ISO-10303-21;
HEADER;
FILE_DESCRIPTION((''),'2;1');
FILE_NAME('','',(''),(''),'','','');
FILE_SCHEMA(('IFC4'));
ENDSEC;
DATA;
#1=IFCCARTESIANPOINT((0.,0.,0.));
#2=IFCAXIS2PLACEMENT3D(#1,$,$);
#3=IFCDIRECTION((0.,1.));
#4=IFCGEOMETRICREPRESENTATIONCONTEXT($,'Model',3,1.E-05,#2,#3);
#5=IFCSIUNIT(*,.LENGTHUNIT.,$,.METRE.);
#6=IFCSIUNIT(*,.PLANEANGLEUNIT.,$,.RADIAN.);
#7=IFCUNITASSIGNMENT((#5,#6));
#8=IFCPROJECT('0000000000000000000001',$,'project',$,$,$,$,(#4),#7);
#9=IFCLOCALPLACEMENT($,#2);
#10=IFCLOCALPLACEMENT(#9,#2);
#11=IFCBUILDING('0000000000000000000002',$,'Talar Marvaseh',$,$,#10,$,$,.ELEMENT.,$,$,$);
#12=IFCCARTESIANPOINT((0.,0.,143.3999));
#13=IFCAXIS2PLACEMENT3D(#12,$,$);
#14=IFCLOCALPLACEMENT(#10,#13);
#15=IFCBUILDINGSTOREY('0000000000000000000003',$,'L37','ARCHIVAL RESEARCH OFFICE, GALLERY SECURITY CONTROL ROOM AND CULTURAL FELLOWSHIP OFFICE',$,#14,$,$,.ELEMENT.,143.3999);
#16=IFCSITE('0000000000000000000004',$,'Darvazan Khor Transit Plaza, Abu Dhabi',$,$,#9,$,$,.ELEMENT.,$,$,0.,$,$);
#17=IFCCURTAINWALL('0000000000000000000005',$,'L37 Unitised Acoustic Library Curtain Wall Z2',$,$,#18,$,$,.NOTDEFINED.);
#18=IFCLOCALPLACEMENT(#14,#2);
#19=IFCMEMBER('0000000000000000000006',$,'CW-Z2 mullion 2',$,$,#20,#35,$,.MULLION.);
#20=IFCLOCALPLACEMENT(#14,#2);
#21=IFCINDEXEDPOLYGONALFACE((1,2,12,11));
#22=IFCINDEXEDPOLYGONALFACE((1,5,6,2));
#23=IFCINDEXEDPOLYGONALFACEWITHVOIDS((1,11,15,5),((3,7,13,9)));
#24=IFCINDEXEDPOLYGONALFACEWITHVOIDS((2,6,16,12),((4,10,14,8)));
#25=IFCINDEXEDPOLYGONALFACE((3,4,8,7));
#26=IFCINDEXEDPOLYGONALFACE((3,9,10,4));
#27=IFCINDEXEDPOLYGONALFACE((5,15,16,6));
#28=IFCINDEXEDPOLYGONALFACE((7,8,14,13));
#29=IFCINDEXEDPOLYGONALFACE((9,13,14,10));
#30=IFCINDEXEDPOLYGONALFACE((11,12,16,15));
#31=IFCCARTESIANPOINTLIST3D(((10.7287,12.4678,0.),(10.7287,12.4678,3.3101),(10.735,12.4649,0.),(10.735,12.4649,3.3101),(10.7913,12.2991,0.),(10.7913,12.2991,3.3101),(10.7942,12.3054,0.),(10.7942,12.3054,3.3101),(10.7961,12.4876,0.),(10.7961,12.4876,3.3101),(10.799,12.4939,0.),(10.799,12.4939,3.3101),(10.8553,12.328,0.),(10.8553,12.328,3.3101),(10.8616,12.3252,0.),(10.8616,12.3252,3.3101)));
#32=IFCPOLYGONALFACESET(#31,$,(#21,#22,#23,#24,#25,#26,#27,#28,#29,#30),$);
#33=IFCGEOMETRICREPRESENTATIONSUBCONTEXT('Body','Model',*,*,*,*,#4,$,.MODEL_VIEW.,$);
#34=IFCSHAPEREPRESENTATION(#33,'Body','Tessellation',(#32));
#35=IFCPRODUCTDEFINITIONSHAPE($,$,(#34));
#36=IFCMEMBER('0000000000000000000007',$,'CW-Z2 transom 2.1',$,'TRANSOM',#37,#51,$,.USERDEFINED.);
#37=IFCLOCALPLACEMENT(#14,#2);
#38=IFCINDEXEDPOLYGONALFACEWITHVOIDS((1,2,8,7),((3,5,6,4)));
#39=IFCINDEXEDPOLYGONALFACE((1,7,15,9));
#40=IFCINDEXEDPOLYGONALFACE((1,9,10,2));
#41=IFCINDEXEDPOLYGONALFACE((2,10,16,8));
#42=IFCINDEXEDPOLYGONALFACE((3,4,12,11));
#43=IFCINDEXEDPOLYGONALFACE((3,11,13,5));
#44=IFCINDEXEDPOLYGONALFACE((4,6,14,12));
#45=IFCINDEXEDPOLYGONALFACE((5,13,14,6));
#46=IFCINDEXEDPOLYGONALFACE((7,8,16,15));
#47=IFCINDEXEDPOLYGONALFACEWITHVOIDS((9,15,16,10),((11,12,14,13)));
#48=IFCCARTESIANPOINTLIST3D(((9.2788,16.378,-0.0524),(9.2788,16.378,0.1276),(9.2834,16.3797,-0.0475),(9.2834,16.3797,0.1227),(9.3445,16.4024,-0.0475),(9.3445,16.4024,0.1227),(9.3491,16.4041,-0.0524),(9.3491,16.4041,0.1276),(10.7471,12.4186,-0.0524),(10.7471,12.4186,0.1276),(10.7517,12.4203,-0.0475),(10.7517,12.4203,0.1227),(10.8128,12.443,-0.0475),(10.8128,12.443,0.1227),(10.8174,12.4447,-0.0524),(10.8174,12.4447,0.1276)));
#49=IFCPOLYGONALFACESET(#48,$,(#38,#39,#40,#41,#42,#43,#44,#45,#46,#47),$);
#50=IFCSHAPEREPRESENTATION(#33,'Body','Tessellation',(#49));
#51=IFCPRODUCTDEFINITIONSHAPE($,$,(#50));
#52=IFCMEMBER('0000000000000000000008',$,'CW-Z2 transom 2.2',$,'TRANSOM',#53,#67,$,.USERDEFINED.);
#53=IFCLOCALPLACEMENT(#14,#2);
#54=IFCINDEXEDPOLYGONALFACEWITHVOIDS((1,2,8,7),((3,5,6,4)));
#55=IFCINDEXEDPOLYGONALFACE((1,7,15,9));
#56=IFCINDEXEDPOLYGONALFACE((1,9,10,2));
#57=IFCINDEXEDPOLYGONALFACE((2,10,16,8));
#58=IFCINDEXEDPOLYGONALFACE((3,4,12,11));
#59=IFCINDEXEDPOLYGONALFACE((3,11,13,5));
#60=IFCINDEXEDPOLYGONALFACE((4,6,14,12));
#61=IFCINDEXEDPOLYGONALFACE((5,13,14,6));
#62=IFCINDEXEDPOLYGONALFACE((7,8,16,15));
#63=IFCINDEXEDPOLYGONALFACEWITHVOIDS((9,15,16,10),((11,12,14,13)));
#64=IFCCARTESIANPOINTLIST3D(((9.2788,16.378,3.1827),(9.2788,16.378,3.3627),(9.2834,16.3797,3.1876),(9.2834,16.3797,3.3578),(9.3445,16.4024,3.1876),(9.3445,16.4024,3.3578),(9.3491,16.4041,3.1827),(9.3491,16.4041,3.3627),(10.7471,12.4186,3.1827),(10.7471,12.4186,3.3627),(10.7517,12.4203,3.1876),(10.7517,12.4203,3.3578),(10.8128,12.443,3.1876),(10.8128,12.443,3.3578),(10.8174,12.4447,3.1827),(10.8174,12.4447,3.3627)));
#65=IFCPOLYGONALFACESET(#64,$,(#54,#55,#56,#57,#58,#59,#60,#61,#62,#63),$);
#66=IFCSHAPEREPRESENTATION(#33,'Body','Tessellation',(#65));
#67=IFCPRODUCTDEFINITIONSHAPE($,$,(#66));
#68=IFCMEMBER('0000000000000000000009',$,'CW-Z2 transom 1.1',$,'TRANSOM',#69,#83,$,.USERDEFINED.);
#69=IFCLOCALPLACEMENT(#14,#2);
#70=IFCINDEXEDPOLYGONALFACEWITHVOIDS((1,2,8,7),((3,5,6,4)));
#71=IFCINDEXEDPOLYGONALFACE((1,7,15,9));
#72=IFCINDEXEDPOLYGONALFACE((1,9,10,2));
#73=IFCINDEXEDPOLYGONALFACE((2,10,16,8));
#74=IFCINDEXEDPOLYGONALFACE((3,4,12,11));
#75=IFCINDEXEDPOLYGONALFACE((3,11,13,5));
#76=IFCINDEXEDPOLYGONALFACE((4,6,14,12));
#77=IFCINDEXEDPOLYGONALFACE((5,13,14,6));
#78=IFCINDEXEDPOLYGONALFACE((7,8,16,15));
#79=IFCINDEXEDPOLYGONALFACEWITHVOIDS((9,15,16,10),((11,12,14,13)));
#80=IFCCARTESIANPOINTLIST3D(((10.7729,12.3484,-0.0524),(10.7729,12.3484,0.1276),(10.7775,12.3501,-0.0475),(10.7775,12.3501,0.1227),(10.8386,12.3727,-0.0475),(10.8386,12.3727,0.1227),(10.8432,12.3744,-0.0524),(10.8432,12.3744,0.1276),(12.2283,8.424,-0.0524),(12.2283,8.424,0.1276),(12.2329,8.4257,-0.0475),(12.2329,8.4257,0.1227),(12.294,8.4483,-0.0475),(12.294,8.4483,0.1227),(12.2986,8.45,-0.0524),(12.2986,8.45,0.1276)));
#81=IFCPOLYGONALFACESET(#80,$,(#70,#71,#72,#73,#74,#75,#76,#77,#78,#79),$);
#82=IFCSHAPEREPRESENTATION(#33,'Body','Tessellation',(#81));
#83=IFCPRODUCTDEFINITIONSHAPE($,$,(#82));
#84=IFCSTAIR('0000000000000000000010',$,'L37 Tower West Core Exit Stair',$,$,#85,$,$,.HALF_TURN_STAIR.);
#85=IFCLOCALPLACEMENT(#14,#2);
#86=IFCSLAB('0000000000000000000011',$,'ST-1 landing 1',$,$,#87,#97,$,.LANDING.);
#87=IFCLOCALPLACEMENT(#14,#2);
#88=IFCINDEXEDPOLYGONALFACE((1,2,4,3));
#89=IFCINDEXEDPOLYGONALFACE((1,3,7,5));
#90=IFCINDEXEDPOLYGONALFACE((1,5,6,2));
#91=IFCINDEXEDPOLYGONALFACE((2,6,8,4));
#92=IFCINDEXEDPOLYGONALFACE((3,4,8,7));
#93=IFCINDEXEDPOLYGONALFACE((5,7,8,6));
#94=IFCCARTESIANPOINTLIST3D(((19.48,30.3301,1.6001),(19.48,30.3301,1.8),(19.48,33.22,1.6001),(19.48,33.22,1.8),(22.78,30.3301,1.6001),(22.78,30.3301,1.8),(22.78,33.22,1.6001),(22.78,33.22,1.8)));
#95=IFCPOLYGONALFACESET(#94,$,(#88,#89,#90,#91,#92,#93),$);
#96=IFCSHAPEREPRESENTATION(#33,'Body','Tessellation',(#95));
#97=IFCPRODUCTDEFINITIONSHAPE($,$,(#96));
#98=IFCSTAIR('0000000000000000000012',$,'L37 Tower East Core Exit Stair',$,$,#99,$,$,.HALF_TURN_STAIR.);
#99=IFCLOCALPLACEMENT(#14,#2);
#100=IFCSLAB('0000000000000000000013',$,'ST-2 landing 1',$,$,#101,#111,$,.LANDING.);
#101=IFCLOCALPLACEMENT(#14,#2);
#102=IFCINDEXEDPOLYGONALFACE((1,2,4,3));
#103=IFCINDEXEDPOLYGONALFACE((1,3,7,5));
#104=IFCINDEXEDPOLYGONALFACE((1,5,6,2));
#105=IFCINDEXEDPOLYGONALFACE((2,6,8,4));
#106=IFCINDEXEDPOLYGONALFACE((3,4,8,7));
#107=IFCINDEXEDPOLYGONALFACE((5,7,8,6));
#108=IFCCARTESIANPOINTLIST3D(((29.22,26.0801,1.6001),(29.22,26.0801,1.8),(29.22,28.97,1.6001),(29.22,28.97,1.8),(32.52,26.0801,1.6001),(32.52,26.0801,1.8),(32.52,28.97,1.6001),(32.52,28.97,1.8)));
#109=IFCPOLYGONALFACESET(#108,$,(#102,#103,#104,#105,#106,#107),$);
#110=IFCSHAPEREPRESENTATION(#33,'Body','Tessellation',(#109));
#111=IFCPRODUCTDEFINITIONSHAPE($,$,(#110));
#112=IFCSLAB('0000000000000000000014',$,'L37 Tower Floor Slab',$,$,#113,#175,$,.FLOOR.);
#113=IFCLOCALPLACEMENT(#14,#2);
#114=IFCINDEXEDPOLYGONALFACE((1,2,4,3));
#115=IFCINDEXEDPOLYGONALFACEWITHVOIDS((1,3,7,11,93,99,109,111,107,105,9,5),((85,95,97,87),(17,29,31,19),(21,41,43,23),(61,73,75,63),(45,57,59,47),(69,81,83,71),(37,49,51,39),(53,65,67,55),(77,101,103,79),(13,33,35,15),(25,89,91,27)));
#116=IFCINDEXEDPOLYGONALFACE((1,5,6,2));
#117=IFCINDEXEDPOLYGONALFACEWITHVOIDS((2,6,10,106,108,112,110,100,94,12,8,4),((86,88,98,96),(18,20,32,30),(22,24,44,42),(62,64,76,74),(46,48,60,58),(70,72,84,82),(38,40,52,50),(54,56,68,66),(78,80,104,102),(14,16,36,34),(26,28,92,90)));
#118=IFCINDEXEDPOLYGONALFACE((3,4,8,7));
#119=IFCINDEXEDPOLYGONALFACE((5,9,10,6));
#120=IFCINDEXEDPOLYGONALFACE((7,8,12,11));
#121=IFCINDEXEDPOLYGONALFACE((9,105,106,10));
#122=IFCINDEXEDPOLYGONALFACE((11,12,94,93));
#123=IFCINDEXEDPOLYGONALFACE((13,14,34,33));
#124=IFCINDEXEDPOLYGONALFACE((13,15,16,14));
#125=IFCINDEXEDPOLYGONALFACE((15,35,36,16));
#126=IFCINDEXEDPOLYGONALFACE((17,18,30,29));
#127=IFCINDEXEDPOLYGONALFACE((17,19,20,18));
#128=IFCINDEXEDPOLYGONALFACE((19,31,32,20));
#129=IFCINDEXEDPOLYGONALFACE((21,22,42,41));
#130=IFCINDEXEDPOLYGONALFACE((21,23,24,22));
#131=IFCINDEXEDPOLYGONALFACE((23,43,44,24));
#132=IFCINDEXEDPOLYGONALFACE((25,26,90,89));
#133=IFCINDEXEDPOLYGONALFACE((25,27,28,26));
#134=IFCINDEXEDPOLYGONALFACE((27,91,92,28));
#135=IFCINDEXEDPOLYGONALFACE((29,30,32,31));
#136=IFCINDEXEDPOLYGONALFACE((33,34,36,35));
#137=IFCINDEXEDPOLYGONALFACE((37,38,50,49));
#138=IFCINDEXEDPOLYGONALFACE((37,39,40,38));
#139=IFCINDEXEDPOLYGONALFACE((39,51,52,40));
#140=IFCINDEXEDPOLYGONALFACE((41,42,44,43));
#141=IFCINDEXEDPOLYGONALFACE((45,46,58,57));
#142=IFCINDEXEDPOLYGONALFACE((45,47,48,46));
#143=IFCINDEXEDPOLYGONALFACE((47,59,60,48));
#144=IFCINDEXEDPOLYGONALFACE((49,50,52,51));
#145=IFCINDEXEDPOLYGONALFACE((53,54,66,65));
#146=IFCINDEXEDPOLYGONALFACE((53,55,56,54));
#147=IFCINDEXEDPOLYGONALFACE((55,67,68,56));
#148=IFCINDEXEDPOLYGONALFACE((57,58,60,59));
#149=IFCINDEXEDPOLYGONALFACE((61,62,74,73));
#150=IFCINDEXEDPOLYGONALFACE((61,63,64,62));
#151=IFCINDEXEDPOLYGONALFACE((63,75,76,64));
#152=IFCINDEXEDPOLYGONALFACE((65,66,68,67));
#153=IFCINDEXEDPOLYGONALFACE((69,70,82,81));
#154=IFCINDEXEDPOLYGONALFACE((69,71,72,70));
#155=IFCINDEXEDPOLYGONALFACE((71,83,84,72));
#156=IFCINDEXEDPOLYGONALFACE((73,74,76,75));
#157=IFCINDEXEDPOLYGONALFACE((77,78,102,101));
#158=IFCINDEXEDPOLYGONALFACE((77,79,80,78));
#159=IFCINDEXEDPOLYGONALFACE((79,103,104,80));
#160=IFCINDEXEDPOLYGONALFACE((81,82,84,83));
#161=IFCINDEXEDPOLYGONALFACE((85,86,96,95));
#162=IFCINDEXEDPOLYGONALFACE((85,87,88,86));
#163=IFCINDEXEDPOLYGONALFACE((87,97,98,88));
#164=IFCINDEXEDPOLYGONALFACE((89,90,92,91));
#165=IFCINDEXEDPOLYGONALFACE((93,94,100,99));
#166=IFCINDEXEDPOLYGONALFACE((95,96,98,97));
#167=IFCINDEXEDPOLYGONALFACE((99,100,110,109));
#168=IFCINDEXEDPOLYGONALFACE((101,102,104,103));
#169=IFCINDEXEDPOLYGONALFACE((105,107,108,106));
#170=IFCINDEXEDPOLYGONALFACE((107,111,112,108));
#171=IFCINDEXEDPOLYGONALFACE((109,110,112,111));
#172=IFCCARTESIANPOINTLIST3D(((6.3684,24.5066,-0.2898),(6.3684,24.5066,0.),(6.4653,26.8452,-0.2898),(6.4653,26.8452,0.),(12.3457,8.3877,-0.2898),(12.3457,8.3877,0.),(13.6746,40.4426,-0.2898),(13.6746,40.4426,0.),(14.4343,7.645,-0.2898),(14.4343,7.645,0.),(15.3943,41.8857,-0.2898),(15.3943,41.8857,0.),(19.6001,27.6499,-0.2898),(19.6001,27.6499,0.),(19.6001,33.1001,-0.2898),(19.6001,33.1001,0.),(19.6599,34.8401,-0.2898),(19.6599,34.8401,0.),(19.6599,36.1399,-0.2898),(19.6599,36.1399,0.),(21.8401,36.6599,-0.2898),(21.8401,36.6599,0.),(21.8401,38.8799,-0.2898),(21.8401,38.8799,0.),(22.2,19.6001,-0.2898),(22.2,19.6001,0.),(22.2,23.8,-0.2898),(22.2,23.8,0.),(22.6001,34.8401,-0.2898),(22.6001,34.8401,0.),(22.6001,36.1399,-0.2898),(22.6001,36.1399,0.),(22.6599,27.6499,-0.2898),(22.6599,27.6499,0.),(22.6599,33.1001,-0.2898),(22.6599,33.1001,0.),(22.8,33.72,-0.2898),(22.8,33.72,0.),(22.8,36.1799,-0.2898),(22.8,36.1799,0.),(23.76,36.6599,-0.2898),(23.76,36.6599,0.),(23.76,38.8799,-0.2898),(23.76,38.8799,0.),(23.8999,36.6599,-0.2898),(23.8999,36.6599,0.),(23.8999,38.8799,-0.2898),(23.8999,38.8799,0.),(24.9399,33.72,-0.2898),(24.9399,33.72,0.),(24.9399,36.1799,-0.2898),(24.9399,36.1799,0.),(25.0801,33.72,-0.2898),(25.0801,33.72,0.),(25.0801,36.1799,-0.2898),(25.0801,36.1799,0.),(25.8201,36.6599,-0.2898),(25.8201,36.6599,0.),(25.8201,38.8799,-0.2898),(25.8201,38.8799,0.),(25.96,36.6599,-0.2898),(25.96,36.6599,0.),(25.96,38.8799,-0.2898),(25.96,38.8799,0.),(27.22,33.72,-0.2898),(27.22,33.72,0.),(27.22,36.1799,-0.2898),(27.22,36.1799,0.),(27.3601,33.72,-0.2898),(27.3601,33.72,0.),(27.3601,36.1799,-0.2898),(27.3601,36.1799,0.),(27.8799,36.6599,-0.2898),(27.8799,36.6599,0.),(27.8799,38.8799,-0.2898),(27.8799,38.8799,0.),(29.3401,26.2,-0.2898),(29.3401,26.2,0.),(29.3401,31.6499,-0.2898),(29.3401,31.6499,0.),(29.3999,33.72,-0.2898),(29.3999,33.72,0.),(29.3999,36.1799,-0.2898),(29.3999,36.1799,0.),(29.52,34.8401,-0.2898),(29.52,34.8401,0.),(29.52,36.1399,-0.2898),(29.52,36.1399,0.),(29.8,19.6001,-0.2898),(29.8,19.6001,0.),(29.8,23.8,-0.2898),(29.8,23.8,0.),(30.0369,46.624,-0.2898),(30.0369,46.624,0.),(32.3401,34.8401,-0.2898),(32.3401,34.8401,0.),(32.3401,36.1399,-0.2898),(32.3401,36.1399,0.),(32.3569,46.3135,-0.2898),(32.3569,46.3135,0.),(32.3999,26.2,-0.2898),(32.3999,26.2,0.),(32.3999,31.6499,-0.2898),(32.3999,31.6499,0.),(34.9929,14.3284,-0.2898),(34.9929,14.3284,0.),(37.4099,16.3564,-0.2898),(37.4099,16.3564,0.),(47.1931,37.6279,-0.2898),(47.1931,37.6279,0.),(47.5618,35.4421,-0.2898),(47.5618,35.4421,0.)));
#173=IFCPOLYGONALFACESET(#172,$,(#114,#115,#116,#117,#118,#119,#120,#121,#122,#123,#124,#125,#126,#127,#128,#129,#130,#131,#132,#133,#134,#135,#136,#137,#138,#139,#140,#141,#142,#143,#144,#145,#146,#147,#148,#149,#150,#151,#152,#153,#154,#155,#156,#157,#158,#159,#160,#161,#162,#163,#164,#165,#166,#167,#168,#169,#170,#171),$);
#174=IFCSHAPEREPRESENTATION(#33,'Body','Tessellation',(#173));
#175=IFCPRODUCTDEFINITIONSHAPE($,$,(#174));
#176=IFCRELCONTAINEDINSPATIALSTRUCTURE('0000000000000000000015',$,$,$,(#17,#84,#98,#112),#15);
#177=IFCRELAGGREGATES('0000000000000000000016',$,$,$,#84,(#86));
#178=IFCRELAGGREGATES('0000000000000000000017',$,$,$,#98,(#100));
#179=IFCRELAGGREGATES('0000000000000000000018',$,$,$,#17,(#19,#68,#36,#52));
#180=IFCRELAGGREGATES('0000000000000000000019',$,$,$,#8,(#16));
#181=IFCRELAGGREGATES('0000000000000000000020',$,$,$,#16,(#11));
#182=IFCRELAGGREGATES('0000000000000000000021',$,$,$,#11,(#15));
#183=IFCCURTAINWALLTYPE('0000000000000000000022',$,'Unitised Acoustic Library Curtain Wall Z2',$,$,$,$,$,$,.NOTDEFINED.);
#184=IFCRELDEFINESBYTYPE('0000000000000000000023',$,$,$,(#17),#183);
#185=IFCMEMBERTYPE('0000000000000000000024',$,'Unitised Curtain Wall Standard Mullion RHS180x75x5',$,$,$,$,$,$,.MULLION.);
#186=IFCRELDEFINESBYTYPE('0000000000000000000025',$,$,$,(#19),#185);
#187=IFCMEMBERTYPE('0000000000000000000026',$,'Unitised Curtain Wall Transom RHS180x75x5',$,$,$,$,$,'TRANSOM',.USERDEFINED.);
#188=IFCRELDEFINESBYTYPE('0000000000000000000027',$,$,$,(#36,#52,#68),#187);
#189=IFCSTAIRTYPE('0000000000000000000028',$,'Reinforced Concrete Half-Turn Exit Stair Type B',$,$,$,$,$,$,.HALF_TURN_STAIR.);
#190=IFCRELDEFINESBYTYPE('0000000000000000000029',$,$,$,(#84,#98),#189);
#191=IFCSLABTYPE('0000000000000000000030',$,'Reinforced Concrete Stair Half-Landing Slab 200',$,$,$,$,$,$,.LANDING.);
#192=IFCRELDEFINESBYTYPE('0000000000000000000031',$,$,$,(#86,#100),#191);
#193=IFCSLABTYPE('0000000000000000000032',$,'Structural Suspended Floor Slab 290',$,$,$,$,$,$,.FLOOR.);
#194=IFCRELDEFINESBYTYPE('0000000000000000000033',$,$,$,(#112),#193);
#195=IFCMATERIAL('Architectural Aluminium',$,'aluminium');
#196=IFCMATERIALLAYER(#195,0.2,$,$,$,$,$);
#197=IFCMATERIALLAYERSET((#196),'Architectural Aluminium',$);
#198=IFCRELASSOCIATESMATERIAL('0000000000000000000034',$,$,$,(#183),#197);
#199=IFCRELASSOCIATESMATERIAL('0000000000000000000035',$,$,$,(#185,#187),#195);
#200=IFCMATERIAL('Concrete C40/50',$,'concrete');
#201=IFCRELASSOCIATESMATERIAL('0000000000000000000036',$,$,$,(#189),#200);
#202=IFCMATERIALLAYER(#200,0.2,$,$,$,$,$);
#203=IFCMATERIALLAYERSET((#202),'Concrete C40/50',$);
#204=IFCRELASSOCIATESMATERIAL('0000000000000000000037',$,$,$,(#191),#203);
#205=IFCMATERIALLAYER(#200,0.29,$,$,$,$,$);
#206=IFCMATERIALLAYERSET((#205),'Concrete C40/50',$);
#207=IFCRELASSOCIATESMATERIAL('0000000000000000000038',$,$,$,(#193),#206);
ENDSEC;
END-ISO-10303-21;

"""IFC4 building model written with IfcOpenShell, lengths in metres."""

from ifc_helpers import new_model, si_unit, direction, frame, origin, origin_2d, place, context, subcontext, project, spatial, polyline, hollow_rectangle, outline, extrude, source, transform, mapped, material, layer, layer_set, material_profile, profile_set, type_object, type_shapes, element, aggregate, save


model = new_model("IFC4")

# Units and contexts
model_context = context("Model", 3, precision=1e-05, world=origin(), true_north=direction((0.0, 1.0)))
body_context = subcontext(model_context, "Body", "Model", "MODEL_VIEW")
ifc_project = project(units=[si_unit("LENGTHUNIT", "METRE"), si_unit("PLANEANGLEUNIT", "RADIAN")], contexts=[model_context])

# Site, building, storey
site_placement = place(None, origin())
site = spatial("IfcSite", under=ifc_project, at=site_placement, Name="Darvazan Khor Transit Plaza, Abu Dhabi", CompositionType="ELEMENT", RefElevation=0.0)
building_placement = place(site_placement, origin())
building = spatial("IfcBuilding", under=site, at=building_placement, Name="Talar Marvaseh", CompositionType="ELEMENT")
storey_placement = place(building_placement, frame((0.0, 0.0, 143.3999)))
storey = spatial("IfcBuildingStorey", under=building, at=storey_placement, Name="L37", Description="ARCHIVAL RESEARCH OFFICE, GALLERY SECURITY CONTROL ROOM AND CULTURAL FELLOWSHIP OFFICE", CompositionType="ELEMENT", Elevation=143.3999)

# Curtain wall, members
ifc_material_1 = material(Name="Architectural Aluminium", Category="aluminium")
ifc_layer_1 = layer(ifc_material_1, 0.2)
ifc_layer_set_1 = layer_set([ifc_layer_1], Name="Architectural Aluminium")
curtain_wall_type = type_object("IfcCurtainWallType", Name="Unitised Acoustic Library Curtain Wall Z2", PredefinedType="NOTDEFINED", material=ifc_layer_set_1)
curtain_wall_placement = place(storey_placement, origin())
curtain_wall = element("IfcCurtainWall", 1, at=curtain_wall_placement, inside=storey, type_object=curtain_wall_type, Name="L37 Unitised Acoustic Library Curtain Wall Z2", PredefinedType="NOTDEFINED")
ifc_material_profile_1 = material_profile(ifc_material_1, hollow_rectangle(XDim=0.075, YDim=0.1799, WallThickness=0.0049, at=origin_2d()), Name="RHS180x75x5")
ifc_profile_set_1 = profile_set([ifc_material_profile_1], Name="Architectural Aluminium")
member_type_1 = type_object("IfcMemberType", Name="Unitised Curtain Wall Standard Mullion RHS180x75x5", PredefinedType="MULLION", material=ifc_profile_set_1)
shared_shape_1 = source(origin(), body_context, "Body", "SweptSolid", [
    extrude(hollow_rectangle(XDim=0.075, YDim=0.1799, WallThickness=0.0049, at=origin_2d()), origin(), (0.0, 0.0, 1.0), 3.3101),
])
type_shapes(member_type_1, [shared_shape_1])
member_1_placement = place(storey_placement, frame((10.7952, 12.3965, 0.0), z_axis=(0.0, 0.0, 1.0), x_axis=(-0.93761, -0.347688, 0.0)))
member_1 = element("IfcMember", 2, at=member_1_placement, type_object=member_type_1, Name="CW-Z2 mullion 2", PredefinedType="MULLION", context=body_context, shape_type="MappedRepresentation", body=[
    mapped(shared_shape_1, transform((0.0, 0.0, 0.0), x_axis=(1.0, 0.0, 0.0), y_axis=(0.0, 1.0, 0.0), z_axis=(0.0, 0.0, 1.0), scale=1.0)),
])
ifc_material_profile_2 = material_profile(ifc_material_1, hollow_rectangle(XDim=0.075, YDim=0.1799, WallThickness=0.0049, at=origin_2d()), Name="RHS180x75x5")
ifc_profile_set_2 = profile_set([ifc_material_profile_2], Name="Architectural Aluminium")
member_type_2 = type_object("IfcMemberType", Name="Unitised Curtain Wall Transom RHS180x75x5", ElementType="TRANSOM", PredefinedType="USERDEFINED", material=ifc_profile_set_2)
shared_shape_2 = source(origin(), body_context, "Body", "SweptSolid", [
    extrude(hollow_rectangle(XDim=0.075, YDim=0.1799, WallThickness=0.0049, at=origin_2d()), origin(), (0.0, 0.0, 1.0), 4.2229),
])
member_2_placement = place(storey_placement, frame((10.7822, 12.4316, 0.0376), z_axis=(-0.347687, 0.937611, 0.0), x_axis=(-0.937611, -0.347687, 0.0)))
member_2 = element("IfcMember", 3, at=member_2_placement, type_object=member_type_2, Name="CW-Z2 transom 2.1", ObjectType="TRANSOM", PredefinedType="USERDEFINED", context=body_context, shape_type="MappedRepresentation", body=[
    mapped(shared_shape_2, transform((0.0, 0.0, 0.0), x_axis=(1.0, 0.0, 0.0), y_axis=(0.0, 1.0, 0.0), z_axis=(0.0, 0.0, 1.0), scale=1.0)),
])
member_3_placement = place(storey_placement, frame((10.7822, 12.4316, 3.2727), z_axis=(-0.347687, 0.937611, 0.0), x_axis=(-0.937611, -0.347687, 0.0)))
member_3 = element("IfcMember", 4, at=member_3_placement, type_object=member_type_2, Name="CW-Z2 transom 2.2", ObjectType="TRANSOM", PredefinedType="USERDEFINED", context=body_context, shape_type="MappedRepresentation", body=[
    mapped(shared_shape_2, transform((0.0, 0.0, 0.0), x_axis=(1.0, 0.0, 0.0), y_axis=(0.0, 1.0, 0.0), z_axis=(0.0, 0.0, 1.0), scale=1.0)),
])
shared_shape_3 = source(origin(), body_context, "Body", "SweptSolid", [
    extrude(hollow_rectangle(XDim=0.075, YDim=0.1799, WallThickness=0.0049, at=origin_2d()), origin(), (0.0, 0.0, 1.0), 4.1855),
])
type_shapes(member_type_2, [shared_shape_2, shared_shape_3])
member_4_placement = place(storey_placement, frame((12.2634, 8.437, 0.0376), z_axis=(-0.347708, 0.937603, 0.0), x_axis=(-0.937603, -0.347708, 0.0)))
member_4 = element("IfcMember", 5, at=member_4_placement, type_object=member_type_2, Name="CW-Z2 transom 1.1", ObjectType="TRANSOM", PredefinedType="USERDEFINED", context=body_context, shape_type="MappedRepresentation", body=[
    mapped(shared_shape_3, transform((0.0, 0.0, 0.0), x_axis=(1.0, 0.0, 0.0), y_axis=(0.0, 1.0, 0.0), z_axis=(0.0, 0.0, 1.0), scale=1.0)),
])

# Stairs, slabs
ifc_material_2 = material(Name="Concrete C40/50", Category="concrete")
stair_type = type_object("IfcStairType", Name="Reinforced Concrete Half-Turn Exit Stair Type B", PredefinedType="HALF_TURN_STAIR", material=ifc_material_2)
stair_1_placement = place(storey_placement, origin())
stair_1 = element("IfcStair", 6, at=stair_1_placement, inside=storey, type_object=stair_type, Name="L37 Tower West Core Exit Stair", PredefinedType="HALF_TURN_STAIR")
ifc_layer_2 = layer(ifc_material_2, 0.2)
ifc_layer_set_2 = layer_set([ifc_layer_2], Name="Concrete C40/50")
slab_type_1 = type_object("IfcSlabType", Name="Reinforced Concrete Stair Half-Landing Slab 200", PredefinedType="LANDING", material=ifc_layer_set_2)
slab_1_placement = place(storey_placement, frame((0.0, 0.0, 1.6001)))
slab_1 = element("IfcSlab", 7, at=slab_1_placement, type_object=slab_type_1, Name="ST-1 landing 1", PredefinedType="LANDING", context=body_context, shape_type="SweptSolid", body=[
    extrude(outline(polyline([(22.78, 30.3301), (22.78, 33.22), (19.48, 33.22), (19.48, 30.3301), (22.78, 30.3301)])), origin(), (0.0, 0.0, 1.0), 0.2),
])
aggregate(stair_1, [slab_1])
stair_2_placement = place(storey_placement, origin())
stair_2 = element("IfcStair", 8, at=stair_2_placement, inside=storey, type_object=stair_type, Name="L37 Tower East Core Exit Stair", PredefinedType="HALF_TURN_STAIR")
slab_2_placement = place(storey_placement, frame((0.0, 0.0, 1.6001)))
slab_2 = element("IfcSlab", 9, at=slab_2_placement, type_object=slab_type_1, Name="ST-2 landing 1", PredefinedType="LANDING", context=body_context, shape_type="SweptSolid", body=[
    extrude(outline(polyline([(29.22, 28.97), (29.22, 26.0801), (32.52, 26.0801), (32.52, 28.97), (29.22, 28.97)])), origin(), (0.0, 0.0, 1.0), 0.2),
])
aggregate(stair_2, [slab_2])

# Slab
ifc_layer_3 = layer(ifc_material_2, 0.29)
ifc_layer_set_3 = layer_set([ifc_layer_3], Name="Concrete C40/50")
slab_type_2 = type_object("IfcSlabType", Name="Structural Suspended Floor Slab 290", PredefinedType="FLOOR", material=ifc_layer_set_3)
slab_3_placement = place(storey_placement, frame((0.0, 0.0, -0.2898)))
element("IfcSlab", 10, at=slab_3_placement, inside=storey, type_object=slab_type_2, Name="L37 Tower Floor Slab", PredefinedType="FLOOR", context=body_context, shape_type="SweptSolid", body=[
    extrude(outline(polyline([(14.4343, 7.645), (12.3457, 8.3877), (6.3684, 24.5066), (6.4653, 26.8452), (13.6746, 40.4426), (15.3943, 41.8857), (30.0369, 46.624), (32.3569, 46.3135), (47.1931, 37.6279), (47.5618, 35.4421), (37.4099, 16.3564), (34.9929, 14.3284), (14.4343, 7.645)]), holes=[polyline([(22.6599, 27.6499), (22.6599, 33.1001), (19.6001, 33.1001), (19.6001, 27.6499), (22.6599, 27.6499)]), polyline([(29.3401, 31.6499), (29.3401, 26.2), (32.3999, 26.2), (32.3999, 31.6499), (29.3401, 31.6499)]), polyline([(22.8, 33.72), (24.9399, 33.72), (24.9399, 36.1799), (22.8, 36.1799), (22.8, 33.72)]), polyline([(25.0801, 33.72), (27.22, 33.72), (27.22, 36.1799), (25.0801, 36.1799), (25.0801, 33.72)]), polyline([(27.3601, 33.72), (29.3999, 33.72), (29.3999, 36.1799), (27.3601, 36.1799), (27.3601, 33.72)]), polyline([(21.8401, 36.6599), (23.76, 36.6599), (23.76, 38.8799), (21.8401, 38.8799), (21.8401, 36.6599)]), polyline([(23.8999, 36.6599), (25.8201, 36.6599), (25.8201, 38.8799), (23.8999, 38.8799), (23.8999, 36.6599)]), polyline([(25.96, 36.6599), (27.8799, 36.6599), (27.8799, 38.8799), (25.96, 38.8799), (25.96, 36.6599)]), polyline([(19.6599, 34.8401), (22.6001, 34.8401), (22.6001, 36.1399), (19.6599, 36.1399), (19.6599, 34.8401)]), polyline([(29.52, 34.8401), (32.3401, 34.8401), (32.3401, 36.1399), (29.52, 36.1399), (29.52, 34.8401)]), polyline([(22.2, 19.6001), (29.8, 19.6001), (29.8, 23.8), (22.2, 23.8), (22.2, 19.6001)])]), origin(), (0.0, 0.0, 1.0), 0.2898),
])

aggregate(curtain_wall, [member_1, member_4, member_2, member_3])

save(model, "model.ifc")
